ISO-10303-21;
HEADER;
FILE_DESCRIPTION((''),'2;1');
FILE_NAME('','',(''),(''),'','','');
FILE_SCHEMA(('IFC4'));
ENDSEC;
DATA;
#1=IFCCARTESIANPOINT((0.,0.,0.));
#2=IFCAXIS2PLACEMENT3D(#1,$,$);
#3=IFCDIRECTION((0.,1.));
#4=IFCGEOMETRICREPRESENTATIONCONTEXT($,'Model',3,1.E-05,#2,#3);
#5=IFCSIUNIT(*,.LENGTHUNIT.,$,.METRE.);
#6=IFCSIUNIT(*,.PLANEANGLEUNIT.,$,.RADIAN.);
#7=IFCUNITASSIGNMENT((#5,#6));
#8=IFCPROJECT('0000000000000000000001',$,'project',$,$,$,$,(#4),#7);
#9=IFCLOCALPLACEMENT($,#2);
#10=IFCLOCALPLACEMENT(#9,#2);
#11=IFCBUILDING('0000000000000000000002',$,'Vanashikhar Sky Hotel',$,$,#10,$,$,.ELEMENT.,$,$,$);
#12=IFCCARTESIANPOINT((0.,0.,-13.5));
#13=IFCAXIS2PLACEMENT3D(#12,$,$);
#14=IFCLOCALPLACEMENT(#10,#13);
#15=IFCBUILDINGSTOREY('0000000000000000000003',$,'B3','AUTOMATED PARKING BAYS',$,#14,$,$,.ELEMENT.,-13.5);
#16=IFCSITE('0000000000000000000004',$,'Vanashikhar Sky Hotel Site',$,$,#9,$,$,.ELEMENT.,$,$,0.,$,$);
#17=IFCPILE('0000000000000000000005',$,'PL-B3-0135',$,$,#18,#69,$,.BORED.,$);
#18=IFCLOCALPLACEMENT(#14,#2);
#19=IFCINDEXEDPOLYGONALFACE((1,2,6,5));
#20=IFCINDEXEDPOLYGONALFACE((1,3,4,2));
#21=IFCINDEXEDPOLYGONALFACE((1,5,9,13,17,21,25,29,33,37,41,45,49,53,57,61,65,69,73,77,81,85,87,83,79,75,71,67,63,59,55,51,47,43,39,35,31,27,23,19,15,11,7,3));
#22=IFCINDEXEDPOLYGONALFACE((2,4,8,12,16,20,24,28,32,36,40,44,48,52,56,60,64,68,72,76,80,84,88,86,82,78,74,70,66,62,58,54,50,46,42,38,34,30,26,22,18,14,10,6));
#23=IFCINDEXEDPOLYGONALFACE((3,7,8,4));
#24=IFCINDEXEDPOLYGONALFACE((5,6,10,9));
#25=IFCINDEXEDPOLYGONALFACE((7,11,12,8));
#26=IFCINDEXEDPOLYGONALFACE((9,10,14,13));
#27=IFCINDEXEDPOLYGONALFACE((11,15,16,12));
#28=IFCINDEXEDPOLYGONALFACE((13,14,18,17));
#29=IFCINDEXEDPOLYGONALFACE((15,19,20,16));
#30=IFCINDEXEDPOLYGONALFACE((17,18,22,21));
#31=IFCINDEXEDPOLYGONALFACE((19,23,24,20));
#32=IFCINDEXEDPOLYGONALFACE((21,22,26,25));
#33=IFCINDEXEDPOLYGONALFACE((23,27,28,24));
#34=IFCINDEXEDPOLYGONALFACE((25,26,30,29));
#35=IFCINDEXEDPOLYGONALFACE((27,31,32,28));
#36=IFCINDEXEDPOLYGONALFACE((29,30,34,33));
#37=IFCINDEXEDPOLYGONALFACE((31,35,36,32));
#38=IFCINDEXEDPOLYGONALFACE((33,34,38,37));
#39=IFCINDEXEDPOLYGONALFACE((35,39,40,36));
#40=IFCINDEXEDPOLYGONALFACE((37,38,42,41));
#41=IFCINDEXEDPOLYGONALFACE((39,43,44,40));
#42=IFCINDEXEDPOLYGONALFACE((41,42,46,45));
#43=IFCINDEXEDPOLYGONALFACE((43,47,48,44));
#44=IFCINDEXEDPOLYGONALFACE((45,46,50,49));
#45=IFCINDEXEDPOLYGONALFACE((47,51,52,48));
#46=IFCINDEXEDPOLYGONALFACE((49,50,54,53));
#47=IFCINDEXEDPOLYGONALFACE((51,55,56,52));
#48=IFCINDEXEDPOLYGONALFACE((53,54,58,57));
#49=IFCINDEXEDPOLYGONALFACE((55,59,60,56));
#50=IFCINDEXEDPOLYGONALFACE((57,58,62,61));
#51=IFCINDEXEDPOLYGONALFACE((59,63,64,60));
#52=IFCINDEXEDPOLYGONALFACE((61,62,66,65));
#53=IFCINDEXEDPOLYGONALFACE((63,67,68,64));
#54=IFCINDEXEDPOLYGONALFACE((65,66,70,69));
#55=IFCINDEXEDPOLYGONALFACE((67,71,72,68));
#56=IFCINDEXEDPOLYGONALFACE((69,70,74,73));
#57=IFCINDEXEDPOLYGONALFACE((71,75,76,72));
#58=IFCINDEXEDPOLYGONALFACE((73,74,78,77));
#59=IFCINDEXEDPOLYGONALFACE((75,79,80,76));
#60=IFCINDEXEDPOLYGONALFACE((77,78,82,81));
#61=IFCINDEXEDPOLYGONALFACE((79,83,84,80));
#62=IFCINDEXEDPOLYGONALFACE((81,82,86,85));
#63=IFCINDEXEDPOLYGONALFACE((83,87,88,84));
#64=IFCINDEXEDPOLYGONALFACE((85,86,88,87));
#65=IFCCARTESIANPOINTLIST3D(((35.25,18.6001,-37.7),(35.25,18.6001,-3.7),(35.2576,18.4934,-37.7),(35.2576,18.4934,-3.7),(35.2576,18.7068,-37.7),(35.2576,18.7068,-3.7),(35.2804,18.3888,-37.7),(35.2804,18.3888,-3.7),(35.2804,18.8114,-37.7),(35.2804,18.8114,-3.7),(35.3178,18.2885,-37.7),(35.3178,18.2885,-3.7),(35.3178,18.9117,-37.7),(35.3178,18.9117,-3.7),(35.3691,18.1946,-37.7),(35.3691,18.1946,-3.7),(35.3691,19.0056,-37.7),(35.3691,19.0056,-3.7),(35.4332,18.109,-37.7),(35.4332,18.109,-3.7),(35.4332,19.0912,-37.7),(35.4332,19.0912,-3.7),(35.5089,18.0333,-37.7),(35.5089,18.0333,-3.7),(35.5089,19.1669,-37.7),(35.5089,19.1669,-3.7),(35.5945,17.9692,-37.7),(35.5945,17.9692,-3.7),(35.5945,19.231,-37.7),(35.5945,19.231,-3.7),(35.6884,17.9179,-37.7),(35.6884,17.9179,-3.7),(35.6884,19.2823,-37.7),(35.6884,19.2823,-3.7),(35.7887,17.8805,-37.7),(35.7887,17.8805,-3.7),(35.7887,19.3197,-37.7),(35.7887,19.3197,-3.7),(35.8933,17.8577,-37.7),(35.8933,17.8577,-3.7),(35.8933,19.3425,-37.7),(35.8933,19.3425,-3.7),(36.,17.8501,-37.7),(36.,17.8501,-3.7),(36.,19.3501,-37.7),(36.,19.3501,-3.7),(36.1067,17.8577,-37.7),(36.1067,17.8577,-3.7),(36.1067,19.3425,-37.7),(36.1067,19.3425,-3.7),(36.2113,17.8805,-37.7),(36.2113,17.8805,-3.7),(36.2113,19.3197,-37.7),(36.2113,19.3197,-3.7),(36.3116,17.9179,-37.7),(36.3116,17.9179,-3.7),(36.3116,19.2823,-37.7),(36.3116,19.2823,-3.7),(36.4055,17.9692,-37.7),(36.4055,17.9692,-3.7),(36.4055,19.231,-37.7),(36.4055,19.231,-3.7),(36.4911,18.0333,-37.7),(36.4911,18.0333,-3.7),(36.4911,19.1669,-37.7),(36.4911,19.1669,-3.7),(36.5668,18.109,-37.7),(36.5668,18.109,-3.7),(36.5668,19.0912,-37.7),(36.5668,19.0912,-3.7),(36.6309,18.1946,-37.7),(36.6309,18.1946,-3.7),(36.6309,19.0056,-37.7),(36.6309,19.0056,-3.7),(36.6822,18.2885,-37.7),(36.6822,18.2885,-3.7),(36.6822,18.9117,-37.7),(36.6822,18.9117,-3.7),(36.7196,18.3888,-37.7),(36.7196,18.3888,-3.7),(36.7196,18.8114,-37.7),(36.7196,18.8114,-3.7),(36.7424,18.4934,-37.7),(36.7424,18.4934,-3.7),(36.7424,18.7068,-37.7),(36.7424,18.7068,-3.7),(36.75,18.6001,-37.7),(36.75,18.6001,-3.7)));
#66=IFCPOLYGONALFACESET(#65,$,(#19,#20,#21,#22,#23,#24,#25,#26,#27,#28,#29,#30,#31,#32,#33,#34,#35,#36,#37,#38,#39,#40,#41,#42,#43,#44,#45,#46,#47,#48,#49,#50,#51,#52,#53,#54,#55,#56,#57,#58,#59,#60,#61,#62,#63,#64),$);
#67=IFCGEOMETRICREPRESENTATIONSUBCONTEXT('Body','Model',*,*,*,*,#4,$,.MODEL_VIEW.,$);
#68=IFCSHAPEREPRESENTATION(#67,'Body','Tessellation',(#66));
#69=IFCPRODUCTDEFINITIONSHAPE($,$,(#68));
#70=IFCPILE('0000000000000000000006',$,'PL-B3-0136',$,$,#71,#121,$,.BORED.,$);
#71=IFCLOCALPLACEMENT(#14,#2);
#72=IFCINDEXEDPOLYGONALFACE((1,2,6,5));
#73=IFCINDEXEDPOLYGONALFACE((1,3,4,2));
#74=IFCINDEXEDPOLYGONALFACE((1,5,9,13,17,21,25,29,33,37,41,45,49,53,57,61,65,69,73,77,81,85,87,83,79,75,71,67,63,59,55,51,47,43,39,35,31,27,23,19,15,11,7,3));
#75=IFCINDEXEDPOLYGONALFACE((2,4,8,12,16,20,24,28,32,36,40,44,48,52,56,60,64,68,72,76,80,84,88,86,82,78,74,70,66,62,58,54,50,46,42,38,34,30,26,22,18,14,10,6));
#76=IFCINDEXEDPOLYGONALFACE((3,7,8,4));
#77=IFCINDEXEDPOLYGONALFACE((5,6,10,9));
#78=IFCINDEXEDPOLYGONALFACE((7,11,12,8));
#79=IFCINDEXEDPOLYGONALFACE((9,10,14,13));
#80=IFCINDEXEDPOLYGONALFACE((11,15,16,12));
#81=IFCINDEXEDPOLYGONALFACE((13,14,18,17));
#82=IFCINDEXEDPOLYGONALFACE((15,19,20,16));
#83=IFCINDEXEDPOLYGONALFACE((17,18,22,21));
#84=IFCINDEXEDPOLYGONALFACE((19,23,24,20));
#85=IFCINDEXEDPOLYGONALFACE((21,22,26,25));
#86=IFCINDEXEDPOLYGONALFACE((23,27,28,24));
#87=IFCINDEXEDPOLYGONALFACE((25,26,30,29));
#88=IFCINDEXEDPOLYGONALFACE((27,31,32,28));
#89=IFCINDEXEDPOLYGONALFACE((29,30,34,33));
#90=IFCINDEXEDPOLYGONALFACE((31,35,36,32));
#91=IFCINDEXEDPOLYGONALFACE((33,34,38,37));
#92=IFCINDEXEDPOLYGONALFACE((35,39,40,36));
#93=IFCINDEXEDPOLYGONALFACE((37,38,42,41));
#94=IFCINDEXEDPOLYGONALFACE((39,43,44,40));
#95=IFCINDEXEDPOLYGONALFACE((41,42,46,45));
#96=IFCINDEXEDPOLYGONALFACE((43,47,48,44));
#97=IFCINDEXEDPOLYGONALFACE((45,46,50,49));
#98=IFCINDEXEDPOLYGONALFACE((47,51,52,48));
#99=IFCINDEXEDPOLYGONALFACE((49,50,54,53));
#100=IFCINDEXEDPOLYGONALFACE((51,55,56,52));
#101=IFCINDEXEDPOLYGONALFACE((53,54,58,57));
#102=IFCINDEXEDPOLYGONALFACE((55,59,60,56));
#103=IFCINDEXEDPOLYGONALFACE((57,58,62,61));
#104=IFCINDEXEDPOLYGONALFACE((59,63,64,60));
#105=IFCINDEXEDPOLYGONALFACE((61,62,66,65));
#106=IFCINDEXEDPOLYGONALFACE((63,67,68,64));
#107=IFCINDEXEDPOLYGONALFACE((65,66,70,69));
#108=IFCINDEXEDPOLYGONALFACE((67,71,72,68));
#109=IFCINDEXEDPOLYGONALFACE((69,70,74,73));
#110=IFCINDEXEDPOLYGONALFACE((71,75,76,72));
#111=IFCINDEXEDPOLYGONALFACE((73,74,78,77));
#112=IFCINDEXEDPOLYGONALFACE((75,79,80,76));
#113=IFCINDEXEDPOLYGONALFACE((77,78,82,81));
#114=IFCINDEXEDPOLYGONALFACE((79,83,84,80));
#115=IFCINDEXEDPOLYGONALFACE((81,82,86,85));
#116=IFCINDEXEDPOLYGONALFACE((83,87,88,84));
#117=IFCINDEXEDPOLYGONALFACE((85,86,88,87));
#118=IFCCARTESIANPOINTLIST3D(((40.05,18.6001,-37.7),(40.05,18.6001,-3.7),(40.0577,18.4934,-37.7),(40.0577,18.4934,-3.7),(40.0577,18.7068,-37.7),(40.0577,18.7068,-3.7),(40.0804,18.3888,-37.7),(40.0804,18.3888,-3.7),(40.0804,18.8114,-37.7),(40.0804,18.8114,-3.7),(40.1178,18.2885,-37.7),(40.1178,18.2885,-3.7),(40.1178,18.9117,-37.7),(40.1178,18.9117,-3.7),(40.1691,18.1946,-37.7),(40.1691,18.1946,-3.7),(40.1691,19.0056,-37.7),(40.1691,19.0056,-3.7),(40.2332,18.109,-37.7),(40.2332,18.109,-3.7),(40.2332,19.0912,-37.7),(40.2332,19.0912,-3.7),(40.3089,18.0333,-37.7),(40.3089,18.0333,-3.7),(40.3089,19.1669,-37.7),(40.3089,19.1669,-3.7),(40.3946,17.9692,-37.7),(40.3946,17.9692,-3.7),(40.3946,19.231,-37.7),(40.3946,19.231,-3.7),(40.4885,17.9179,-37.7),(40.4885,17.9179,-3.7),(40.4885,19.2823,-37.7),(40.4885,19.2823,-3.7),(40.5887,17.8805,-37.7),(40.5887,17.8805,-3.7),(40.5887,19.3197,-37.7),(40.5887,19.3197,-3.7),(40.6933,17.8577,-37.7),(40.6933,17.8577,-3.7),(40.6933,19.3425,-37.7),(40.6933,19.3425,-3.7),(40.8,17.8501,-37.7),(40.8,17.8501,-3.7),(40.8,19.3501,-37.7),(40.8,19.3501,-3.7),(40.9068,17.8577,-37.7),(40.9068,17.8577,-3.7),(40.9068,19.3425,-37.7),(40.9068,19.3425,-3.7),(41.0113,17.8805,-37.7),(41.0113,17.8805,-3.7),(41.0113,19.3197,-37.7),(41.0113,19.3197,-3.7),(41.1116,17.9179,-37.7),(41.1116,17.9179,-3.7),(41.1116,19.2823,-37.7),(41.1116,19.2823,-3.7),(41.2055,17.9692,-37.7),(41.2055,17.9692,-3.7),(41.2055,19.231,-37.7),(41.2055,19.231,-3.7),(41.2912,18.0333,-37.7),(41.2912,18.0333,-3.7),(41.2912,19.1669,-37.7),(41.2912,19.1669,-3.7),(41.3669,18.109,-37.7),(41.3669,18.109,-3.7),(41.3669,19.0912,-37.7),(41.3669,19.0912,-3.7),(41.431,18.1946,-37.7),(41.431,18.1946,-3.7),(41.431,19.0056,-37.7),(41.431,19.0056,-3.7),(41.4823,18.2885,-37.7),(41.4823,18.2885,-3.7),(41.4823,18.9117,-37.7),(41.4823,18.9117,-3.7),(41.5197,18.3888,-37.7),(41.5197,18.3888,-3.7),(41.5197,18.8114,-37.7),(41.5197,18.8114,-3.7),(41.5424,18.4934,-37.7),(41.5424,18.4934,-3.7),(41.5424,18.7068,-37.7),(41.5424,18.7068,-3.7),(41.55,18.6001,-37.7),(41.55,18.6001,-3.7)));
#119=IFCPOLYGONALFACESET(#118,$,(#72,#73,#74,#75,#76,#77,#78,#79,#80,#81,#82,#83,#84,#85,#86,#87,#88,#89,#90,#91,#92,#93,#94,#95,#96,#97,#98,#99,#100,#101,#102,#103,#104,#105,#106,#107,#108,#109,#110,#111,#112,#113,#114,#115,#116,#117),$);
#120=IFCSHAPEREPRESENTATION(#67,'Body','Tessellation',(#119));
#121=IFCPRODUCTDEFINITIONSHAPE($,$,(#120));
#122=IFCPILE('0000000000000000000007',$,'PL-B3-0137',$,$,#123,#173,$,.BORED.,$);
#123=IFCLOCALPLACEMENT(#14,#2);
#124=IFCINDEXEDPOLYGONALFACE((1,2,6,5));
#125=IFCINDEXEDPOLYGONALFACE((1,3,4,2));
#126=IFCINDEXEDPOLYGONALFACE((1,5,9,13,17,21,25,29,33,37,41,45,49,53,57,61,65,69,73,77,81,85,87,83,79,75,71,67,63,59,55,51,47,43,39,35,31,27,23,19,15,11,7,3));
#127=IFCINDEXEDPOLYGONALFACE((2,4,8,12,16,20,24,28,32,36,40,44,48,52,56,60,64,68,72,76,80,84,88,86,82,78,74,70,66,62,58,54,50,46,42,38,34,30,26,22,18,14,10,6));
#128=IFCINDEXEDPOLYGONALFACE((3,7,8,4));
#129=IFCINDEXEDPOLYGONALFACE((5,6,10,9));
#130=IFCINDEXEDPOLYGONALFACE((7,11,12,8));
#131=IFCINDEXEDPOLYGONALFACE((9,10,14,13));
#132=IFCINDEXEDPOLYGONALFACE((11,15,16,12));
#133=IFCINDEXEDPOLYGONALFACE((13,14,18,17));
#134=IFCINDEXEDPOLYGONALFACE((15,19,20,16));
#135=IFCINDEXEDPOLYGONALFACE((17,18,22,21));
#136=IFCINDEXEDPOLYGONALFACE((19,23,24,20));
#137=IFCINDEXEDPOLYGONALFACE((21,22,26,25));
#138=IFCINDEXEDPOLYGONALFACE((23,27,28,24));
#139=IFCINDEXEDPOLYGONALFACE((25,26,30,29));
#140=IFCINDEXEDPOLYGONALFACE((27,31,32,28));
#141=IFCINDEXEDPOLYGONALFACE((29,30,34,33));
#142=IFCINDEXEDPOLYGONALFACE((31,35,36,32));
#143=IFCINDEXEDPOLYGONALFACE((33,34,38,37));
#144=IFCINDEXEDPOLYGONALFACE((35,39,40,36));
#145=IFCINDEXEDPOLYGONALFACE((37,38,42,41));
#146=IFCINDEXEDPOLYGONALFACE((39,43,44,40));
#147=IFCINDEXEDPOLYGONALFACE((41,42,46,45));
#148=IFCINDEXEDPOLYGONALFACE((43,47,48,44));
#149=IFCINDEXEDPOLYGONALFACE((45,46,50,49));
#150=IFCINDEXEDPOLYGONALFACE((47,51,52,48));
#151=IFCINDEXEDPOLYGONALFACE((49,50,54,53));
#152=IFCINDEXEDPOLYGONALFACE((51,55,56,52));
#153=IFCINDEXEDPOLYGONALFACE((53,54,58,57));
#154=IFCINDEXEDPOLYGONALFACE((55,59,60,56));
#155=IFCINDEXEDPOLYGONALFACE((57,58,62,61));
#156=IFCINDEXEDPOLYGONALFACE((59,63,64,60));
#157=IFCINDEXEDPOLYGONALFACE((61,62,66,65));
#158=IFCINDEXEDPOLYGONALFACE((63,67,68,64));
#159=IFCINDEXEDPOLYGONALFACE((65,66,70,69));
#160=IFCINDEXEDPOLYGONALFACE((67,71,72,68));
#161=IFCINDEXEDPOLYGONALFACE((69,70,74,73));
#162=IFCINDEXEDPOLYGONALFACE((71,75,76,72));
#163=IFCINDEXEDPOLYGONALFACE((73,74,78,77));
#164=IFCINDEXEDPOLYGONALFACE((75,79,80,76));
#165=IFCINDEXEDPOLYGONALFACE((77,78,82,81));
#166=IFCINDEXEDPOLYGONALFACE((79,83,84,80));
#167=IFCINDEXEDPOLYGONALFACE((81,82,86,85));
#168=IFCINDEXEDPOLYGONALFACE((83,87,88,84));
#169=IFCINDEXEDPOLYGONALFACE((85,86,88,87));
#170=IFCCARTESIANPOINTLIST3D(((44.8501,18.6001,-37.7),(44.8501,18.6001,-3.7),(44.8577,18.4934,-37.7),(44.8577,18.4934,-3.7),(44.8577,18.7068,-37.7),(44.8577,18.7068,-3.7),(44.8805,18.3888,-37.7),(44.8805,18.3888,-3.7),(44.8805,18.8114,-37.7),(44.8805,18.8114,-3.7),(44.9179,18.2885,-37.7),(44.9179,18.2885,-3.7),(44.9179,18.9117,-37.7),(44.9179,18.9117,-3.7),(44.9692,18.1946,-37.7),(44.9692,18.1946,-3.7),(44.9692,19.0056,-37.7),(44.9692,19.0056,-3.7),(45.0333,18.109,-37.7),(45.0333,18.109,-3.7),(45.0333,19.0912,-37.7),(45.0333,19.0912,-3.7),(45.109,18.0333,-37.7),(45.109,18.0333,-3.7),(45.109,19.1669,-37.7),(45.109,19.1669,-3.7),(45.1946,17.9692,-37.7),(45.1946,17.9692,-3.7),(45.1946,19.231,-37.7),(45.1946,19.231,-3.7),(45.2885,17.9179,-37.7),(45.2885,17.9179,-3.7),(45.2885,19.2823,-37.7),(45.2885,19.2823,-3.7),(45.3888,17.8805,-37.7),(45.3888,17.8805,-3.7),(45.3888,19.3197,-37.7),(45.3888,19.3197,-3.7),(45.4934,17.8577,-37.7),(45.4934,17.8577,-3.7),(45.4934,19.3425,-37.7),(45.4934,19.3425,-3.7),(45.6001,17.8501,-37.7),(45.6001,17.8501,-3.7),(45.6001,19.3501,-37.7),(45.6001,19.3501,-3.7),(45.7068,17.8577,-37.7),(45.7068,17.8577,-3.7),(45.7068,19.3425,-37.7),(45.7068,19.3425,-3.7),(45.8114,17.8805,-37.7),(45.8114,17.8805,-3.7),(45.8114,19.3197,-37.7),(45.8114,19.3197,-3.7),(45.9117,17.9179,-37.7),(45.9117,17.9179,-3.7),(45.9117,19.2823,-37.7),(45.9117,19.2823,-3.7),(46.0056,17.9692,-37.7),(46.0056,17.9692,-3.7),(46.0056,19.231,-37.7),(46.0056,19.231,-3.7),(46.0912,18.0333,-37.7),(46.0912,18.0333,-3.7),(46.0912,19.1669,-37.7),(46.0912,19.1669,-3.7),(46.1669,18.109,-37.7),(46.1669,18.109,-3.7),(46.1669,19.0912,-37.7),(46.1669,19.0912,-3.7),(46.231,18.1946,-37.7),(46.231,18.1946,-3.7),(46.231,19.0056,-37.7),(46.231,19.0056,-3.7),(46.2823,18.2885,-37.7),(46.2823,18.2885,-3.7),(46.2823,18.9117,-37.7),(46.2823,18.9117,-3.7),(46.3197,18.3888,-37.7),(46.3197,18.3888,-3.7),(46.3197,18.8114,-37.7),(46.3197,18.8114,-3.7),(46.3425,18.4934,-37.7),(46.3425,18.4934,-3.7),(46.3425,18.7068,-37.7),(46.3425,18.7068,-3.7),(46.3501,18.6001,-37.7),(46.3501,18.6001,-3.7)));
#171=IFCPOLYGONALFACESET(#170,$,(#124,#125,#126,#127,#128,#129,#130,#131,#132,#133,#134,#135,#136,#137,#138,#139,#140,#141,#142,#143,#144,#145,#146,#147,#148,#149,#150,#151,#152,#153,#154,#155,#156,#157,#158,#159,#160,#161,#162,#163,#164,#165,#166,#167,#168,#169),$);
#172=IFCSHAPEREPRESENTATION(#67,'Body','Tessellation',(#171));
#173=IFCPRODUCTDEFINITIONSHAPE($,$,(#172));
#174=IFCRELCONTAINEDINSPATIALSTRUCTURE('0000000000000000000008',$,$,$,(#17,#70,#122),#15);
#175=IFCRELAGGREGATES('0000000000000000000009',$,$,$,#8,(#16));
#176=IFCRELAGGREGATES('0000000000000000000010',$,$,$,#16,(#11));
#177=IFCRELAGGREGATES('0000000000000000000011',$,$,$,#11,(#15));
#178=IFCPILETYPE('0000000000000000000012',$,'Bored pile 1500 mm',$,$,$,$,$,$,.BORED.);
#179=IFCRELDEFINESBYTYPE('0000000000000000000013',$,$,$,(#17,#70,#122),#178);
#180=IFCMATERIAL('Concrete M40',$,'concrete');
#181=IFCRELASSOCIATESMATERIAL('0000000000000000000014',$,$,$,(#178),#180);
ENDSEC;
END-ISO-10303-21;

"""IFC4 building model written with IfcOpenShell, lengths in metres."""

from ifc_helpers import new_model, si_unit, direction, frame, origin, origin_2d, place, context, subcontext, project, spatial, circle, extrude, source, transform, mapped, material, type_object, element, save


model = new_model("IFC4")

# Units and contexts
model_context = context("Model", 3, precision=1e-05, world=origin(), true_north=direction((0.0, 1.0)))
body_context = subcontext(model_context, "Body", "Model", "MODEL_VIEW")
ifc_project = project(units=[si_unit("LENGTHUNIT", "METRE"), si_unit("PLANEANGLEUNIT", "RADIAN")], contexts=[model_context])

# Site, building, storey
site_placement = place(None, origin())
site = spatial("IfcSite", under=ifc_project, at=site_placement, Name="Vanashikhar Sky Hotel Site", CompositionType="ELEMENT", RefElevation=0.0)
building_placement = place(site_placement, origin())
building = spatial("IfcBuilding", under=site, at=building_placement, Name="Vanashikhar Sky Hotel", CompositionType="ELEMENT")
storey_placement = place(building_placement, frame((0.0, 0.0, -13.5)))
storey = spatial("IfcBuildingStorey", under=building, at=storey_placement, Name="B3", Description="AUTOMATED PARKING BAYS", CompositionType="ELEMENT", Elevation=-13.5)

# Piles
ifc_material_1 = material(Name="Concrete M40", Category="concrete")
pile_type_1 = type_object("IfcPileType", Name="Bored pile 1500 mm", PredefinedType="BORED", material=ifc_material_1)
shared_shape_1 = source(origin(), body_context, "Body", "SweptSolid", [
    extrude(circle(Radius=0.75, at=origin_2d()), origin(), (0.0, 0.0, 1.0), 34.0),
])
for number, where, z_axis, x_axis, name in (
    (1, (36.0, 18.6001, -3.7), (0.0, 0.0, -1.0), (1.0, 0.0, 0.0), "PL-B3-0135"),
    (2, (40.8, 18.6001, -3.7), (0.0, 0.0, -1.0), (1.0, 0.0, 0.0), "PL-B3-0136"),
    (3, (45.6001, 18.6001, -3.7), (0.0, 0.0, -1.0), (1.0, 0.0, 0.0), "PL-B3-0137"),
):
    element("IfcPile", number, at=place(storey_placement, frame(where, z_axis=z_axis, x_axis=x_axis)), inside=storey, type_object=pile_type_1, Name=name, PredefinedType="BORED", context=body_context, shape_type="MappedRepresentation", body=[
        mapped(shared_shape_1, transform((0.0, 0.0, 0.0), scale=1.0)),
    ])

save(model, "model.ifc")
